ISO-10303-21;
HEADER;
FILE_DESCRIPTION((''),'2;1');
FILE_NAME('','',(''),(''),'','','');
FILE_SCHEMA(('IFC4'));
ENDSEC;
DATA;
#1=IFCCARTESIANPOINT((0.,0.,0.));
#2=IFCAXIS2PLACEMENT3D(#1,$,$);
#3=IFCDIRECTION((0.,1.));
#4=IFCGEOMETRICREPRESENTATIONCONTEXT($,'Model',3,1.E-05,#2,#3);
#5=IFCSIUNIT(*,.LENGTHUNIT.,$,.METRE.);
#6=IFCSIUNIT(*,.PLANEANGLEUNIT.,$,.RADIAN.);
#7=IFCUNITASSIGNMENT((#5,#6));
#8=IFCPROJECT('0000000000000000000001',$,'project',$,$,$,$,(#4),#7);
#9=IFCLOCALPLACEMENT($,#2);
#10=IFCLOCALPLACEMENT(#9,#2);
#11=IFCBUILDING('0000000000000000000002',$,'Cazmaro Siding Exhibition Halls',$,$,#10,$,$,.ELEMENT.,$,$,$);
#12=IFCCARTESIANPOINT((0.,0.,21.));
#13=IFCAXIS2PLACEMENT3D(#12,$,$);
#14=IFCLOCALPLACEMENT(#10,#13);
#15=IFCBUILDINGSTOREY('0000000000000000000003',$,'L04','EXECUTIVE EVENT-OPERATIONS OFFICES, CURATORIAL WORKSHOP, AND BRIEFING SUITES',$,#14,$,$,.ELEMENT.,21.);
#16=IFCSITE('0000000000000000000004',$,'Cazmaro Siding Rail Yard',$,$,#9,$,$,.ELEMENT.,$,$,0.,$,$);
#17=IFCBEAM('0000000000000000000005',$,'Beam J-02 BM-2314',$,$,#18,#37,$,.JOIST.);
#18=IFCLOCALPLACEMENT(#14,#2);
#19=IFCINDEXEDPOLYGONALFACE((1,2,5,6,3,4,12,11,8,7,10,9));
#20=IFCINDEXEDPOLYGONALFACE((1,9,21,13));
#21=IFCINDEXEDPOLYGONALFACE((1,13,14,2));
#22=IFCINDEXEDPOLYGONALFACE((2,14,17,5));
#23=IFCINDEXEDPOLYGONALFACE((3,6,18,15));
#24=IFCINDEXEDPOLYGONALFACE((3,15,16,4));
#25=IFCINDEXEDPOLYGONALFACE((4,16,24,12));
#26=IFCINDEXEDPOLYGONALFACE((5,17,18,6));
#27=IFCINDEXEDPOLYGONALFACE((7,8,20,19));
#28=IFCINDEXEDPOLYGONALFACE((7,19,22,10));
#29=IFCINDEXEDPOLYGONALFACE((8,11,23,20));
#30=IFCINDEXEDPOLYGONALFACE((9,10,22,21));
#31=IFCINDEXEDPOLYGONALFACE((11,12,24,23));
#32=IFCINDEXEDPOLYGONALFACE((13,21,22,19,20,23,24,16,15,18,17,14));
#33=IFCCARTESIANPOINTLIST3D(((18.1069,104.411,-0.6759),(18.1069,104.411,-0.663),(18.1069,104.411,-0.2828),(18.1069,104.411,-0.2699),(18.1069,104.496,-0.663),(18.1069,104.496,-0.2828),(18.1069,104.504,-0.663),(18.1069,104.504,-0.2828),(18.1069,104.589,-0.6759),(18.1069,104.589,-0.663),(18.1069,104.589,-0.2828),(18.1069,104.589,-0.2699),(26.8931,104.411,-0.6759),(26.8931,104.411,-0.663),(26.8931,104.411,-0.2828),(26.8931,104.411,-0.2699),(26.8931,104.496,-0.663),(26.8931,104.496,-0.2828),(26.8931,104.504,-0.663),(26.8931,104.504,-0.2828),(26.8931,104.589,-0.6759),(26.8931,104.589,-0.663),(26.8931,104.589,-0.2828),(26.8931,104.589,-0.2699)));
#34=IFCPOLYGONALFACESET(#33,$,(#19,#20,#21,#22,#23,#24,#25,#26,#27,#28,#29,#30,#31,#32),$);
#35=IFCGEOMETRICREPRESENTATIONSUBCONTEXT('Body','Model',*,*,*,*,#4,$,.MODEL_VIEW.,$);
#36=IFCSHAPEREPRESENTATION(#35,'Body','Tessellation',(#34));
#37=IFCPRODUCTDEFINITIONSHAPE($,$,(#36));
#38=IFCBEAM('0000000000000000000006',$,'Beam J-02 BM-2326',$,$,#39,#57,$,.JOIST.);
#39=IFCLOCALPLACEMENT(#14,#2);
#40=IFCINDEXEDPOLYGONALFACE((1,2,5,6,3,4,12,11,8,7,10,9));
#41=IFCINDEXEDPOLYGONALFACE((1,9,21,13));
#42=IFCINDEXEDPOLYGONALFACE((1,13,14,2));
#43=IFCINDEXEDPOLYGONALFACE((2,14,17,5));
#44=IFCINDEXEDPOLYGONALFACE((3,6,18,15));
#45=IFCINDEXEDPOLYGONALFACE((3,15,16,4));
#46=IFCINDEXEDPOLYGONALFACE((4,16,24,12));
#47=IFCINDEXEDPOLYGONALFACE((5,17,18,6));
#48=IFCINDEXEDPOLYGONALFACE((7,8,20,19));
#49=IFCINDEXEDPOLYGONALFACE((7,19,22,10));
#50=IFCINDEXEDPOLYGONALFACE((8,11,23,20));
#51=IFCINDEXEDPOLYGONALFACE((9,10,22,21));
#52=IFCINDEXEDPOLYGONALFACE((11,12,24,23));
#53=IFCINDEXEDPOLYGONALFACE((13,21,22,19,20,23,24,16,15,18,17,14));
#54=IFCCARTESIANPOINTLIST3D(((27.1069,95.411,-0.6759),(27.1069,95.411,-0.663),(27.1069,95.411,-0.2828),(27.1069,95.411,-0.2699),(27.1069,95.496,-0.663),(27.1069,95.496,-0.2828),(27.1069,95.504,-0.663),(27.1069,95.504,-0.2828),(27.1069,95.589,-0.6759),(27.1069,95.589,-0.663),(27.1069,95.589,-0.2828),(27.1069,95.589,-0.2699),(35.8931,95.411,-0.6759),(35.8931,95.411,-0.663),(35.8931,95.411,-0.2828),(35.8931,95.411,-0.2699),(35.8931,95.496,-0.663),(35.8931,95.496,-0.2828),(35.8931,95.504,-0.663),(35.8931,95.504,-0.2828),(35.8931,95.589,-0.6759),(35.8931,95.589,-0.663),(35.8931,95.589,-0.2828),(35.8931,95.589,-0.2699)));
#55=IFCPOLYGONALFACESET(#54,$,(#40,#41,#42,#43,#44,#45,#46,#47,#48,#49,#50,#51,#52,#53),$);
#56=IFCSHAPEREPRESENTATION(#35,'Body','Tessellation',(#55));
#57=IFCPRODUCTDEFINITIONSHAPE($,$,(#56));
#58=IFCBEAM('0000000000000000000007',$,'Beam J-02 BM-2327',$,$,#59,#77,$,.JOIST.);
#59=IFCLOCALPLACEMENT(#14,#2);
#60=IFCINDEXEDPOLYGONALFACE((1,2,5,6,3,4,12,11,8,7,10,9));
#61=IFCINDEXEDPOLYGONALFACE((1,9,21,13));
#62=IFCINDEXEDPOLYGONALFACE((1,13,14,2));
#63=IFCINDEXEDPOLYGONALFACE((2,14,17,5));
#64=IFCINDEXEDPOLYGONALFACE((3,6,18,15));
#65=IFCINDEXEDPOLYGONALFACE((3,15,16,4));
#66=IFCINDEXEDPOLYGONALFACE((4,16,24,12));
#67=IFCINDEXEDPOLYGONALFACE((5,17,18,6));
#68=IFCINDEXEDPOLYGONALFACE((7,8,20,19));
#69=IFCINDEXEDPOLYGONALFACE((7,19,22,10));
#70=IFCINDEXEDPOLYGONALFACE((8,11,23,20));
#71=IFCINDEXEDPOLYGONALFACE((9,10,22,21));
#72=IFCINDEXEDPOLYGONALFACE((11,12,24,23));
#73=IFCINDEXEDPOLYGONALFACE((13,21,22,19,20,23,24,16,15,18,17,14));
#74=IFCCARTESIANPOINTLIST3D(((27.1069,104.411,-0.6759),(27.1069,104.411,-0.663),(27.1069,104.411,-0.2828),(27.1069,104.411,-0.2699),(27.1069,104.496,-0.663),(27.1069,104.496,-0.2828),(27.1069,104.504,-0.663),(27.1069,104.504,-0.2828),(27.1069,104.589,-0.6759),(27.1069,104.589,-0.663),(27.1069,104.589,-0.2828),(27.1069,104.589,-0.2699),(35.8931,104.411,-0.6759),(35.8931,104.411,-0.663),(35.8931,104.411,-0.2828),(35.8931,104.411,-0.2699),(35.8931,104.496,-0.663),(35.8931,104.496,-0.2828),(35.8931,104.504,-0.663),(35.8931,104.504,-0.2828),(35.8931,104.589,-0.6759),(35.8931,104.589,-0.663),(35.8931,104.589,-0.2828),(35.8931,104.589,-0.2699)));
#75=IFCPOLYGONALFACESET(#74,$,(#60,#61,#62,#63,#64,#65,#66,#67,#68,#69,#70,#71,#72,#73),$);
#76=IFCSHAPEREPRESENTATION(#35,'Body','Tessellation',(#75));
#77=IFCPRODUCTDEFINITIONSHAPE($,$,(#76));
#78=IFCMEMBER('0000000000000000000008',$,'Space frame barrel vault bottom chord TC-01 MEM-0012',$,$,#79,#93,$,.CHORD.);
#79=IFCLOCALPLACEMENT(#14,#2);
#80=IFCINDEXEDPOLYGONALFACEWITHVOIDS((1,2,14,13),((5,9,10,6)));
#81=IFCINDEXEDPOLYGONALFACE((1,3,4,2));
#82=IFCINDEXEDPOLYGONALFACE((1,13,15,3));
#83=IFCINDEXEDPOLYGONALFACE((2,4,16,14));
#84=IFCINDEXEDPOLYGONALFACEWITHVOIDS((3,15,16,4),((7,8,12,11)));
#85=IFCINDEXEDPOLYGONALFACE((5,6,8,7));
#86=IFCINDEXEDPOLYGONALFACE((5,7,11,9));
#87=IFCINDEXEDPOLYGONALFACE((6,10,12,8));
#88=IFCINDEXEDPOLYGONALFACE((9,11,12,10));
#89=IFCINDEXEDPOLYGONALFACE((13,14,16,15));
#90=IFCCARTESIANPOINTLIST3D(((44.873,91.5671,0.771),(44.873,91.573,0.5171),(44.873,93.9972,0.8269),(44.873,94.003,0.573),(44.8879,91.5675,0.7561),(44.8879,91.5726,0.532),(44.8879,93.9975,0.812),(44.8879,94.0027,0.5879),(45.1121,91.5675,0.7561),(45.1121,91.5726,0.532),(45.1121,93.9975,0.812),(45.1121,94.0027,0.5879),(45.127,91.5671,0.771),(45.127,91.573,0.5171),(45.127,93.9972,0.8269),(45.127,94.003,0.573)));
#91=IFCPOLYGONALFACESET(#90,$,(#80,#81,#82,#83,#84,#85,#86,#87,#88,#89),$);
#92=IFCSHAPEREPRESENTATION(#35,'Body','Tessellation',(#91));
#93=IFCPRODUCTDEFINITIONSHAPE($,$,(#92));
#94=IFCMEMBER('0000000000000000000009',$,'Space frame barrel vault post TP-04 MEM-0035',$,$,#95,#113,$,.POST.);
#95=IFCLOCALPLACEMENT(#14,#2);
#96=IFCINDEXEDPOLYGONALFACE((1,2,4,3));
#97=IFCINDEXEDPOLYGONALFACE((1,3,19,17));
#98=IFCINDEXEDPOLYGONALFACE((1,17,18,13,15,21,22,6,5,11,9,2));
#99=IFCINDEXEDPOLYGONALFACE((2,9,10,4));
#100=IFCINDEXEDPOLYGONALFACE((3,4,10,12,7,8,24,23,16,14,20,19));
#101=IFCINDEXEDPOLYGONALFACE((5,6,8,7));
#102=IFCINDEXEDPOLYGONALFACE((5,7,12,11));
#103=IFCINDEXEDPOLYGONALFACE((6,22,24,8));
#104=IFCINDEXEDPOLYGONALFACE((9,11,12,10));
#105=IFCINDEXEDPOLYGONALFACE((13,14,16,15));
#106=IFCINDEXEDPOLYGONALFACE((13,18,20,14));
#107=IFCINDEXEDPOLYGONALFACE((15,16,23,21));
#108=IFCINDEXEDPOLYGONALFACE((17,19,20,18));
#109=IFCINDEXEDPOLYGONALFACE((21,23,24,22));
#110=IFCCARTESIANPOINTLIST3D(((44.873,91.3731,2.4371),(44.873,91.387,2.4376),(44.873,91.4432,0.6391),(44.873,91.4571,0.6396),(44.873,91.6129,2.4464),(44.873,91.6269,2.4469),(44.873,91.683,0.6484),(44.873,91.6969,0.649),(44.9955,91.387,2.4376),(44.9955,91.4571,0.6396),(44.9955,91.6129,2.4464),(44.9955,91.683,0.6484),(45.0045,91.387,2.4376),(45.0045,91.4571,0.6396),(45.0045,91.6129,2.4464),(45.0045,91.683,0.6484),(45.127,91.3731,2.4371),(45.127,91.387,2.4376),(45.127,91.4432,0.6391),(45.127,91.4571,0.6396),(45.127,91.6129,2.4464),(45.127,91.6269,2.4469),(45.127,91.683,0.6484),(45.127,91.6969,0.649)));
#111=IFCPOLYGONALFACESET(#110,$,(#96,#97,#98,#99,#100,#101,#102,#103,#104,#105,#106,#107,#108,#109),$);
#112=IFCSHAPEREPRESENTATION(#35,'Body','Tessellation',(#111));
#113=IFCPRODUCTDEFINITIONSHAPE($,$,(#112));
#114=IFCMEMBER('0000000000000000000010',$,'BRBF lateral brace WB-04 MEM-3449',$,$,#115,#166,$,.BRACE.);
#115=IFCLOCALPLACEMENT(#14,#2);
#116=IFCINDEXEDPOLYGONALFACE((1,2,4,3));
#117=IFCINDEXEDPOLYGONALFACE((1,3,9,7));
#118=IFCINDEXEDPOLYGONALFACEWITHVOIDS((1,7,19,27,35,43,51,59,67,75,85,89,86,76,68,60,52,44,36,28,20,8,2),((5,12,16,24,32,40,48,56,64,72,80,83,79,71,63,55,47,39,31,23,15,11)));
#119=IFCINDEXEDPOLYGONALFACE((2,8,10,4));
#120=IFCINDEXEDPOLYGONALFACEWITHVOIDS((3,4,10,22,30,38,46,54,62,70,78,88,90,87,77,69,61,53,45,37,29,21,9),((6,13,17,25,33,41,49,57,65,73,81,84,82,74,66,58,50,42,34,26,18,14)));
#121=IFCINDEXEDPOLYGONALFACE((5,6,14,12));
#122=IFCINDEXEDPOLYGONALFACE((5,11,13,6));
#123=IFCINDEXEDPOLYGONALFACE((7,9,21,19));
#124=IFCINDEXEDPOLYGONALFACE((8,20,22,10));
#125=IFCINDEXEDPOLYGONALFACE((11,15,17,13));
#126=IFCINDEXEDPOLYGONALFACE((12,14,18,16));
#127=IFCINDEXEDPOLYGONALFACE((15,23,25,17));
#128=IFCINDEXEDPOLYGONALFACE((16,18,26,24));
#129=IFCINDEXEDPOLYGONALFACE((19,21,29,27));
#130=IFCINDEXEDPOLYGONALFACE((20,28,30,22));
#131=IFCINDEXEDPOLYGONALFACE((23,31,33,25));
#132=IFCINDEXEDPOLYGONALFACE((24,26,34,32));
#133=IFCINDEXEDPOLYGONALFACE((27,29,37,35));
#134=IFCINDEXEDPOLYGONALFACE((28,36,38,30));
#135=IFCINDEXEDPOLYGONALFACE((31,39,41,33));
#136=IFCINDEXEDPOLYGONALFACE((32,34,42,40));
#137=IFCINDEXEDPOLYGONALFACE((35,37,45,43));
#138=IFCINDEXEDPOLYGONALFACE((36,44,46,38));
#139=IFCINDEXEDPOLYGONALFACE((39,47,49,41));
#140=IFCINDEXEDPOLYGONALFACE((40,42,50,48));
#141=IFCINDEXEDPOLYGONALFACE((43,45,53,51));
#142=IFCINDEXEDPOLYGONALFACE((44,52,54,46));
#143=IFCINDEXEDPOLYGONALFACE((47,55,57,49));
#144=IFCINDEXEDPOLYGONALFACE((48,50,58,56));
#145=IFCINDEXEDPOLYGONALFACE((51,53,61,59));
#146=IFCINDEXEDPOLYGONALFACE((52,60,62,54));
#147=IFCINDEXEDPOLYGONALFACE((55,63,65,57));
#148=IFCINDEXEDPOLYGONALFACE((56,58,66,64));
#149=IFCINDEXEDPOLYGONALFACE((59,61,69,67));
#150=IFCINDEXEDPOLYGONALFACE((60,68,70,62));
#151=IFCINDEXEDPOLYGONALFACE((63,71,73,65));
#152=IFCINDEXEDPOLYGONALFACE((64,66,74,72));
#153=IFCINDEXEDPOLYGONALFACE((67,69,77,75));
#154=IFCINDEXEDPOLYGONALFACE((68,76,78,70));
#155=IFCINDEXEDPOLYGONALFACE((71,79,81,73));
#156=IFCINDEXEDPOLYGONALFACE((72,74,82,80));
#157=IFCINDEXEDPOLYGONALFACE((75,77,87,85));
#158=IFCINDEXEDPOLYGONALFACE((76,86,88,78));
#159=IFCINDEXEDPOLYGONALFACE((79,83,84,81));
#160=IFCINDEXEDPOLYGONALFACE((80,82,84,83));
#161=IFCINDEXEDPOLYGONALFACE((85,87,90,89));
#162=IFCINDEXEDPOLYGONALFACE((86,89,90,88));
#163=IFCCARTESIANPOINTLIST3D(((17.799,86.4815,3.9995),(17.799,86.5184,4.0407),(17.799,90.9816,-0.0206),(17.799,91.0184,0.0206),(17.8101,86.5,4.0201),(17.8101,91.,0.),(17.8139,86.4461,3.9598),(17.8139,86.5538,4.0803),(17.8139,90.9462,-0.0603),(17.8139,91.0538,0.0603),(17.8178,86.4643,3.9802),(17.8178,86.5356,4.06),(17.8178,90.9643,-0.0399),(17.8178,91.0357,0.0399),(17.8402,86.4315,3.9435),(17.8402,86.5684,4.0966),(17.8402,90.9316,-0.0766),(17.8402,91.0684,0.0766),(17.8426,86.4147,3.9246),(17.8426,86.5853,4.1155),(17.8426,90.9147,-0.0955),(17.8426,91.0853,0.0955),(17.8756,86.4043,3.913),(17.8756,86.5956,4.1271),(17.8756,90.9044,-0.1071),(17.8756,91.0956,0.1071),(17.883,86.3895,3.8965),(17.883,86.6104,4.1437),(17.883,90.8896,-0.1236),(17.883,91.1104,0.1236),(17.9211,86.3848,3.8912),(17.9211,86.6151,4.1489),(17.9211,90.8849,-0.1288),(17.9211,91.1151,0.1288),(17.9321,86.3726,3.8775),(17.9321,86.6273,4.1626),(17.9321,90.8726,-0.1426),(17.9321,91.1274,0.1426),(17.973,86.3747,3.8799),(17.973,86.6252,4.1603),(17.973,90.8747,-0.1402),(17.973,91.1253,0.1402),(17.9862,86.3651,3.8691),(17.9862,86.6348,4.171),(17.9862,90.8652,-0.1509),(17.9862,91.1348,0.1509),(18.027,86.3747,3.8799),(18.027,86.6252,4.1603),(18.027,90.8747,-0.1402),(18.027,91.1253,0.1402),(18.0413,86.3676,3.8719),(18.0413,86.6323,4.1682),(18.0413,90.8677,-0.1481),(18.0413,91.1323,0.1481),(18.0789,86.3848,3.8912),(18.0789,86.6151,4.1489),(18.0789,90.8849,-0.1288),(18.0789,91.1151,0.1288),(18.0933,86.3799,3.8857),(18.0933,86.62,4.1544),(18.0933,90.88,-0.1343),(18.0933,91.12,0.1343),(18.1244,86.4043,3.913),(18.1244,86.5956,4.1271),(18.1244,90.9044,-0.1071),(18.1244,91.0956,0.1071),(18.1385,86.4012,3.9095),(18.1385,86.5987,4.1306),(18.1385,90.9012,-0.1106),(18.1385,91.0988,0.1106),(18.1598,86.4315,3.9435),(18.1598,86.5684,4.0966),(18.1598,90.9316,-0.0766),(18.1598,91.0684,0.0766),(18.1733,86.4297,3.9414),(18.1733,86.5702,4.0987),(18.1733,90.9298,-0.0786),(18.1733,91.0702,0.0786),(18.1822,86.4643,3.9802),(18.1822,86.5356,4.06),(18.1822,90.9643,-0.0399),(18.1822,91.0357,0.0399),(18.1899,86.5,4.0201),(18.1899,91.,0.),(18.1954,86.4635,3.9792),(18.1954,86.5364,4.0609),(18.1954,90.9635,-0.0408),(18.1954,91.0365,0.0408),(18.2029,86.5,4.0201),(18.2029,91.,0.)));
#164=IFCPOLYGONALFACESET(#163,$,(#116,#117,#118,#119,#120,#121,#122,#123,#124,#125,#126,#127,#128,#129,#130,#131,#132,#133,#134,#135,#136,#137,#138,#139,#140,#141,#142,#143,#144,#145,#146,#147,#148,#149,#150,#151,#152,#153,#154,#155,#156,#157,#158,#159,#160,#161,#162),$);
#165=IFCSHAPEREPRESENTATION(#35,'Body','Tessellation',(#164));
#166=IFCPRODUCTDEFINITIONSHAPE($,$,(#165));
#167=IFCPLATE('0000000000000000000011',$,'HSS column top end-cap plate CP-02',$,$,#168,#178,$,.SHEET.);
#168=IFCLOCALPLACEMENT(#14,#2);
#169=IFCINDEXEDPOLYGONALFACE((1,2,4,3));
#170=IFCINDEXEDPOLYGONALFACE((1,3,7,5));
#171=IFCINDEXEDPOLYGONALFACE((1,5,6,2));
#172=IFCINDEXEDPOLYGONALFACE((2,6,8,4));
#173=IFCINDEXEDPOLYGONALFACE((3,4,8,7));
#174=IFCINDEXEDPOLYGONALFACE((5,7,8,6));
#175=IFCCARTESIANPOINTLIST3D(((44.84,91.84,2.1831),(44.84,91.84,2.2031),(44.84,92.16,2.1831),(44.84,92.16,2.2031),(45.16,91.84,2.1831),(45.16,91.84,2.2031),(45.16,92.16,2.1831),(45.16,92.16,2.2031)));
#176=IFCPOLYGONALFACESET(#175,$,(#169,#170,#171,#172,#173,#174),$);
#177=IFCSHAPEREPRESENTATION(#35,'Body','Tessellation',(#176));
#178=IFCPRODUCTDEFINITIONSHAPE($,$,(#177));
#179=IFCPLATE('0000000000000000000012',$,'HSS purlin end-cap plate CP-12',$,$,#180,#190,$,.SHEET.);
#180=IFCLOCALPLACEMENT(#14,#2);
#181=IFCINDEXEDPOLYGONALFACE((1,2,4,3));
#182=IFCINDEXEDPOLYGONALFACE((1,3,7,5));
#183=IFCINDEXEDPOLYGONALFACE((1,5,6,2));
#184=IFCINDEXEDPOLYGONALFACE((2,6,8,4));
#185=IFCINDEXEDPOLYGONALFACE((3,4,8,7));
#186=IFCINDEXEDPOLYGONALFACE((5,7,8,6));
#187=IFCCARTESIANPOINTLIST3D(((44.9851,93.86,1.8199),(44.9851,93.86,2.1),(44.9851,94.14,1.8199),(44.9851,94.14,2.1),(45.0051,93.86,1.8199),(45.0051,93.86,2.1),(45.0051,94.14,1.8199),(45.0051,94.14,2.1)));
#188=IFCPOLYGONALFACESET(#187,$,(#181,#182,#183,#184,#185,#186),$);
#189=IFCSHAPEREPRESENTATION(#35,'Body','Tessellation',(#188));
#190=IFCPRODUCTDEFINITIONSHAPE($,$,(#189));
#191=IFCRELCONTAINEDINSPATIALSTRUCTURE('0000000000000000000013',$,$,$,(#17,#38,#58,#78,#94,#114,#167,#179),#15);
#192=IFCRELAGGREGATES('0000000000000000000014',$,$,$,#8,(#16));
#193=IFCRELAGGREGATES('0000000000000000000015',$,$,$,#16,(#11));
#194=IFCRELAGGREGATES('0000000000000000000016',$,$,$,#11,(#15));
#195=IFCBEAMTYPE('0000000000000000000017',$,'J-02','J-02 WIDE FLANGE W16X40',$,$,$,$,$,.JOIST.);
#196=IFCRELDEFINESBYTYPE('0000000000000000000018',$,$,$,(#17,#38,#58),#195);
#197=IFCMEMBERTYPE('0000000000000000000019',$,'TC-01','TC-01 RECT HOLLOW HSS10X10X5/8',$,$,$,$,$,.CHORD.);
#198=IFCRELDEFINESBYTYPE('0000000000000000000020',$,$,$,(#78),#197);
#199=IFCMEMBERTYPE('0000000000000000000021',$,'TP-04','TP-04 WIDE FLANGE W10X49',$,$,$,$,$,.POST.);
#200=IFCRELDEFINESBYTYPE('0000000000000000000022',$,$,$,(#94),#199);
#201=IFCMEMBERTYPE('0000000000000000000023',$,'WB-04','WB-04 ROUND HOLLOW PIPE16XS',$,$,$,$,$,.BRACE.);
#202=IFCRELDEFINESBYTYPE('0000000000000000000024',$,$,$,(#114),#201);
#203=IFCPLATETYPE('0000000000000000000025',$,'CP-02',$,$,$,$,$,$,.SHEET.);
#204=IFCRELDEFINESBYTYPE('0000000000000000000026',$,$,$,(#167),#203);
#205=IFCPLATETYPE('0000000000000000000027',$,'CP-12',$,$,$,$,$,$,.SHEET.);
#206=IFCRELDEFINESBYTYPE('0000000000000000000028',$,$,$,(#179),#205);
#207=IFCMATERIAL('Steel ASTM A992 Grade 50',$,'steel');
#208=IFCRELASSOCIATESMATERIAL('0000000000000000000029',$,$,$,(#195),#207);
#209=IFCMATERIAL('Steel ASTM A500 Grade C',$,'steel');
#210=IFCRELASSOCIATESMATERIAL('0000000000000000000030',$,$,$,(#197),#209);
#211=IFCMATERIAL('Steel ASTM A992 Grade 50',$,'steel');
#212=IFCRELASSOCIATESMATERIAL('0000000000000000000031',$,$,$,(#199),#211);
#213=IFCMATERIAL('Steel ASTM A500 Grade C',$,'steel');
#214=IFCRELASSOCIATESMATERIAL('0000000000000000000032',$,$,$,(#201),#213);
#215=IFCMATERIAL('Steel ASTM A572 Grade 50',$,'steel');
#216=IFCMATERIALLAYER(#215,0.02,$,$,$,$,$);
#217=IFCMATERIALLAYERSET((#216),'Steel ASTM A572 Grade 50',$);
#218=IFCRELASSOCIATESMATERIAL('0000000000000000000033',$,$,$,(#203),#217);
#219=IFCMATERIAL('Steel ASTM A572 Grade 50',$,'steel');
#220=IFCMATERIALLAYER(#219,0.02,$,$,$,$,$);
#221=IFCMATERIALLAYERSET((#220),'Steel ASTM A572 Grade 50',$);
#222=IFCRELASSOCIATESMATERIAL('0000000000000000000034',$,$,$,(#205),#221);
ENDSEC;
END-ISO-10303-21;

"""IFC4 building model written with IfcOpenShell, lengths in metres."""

from ifc_helpers import new_model, si_unit, direction, frame, origin, origin_2d, place, context, subcontext, project, spatial, rectangle, hollow_rectangle, hollow_circle, i_section, extrude, material, layer, layer_set, material_profile, profile_set, type_object, element, save


model = new_model("IFC4")

# Units and contexts
model_context = context("Model", 3, precision=1e-05, world=origin(), true_north=direction((0.0, 1.0)))
body_context = subcontext(model_context, "Body", "Model", "MODEL_VIEW")
ifc_project = project(units=[si_unit("LENGTHUNIT", "METRE"), si_unit("PLANEANGLEUNIT", "RADIAN")], contexts=[model_context])

# Site, building, storey
site_placement = place(None, origin())
site = spatial("IfcSite", under=ifc_project, at=site_placement, Name="Cazmaro Siding Rail Yard", CompositionType="ELEMENT", RefElevation=0.0)
building_placement = place(site_placement, origin())
building = spatial("IfcBuilding", under=site, at=building_placement, Name="Cazmaro Siding Exhibition Halls", CompositionType="ELEMENT")
storey_placement = place(building_placement, frame((0.0, 0.0, 21.0)))
storey = spatial("IfcBuildingStorey", under=building, at=storey_placement, Name="L04", Description="EXECUTIVE EVENT-OPERATIONS OFFICES, CURATORIAL WORKSHOP, AND BRIEFING SUITES", CompositionType="ELEMENT", Elevation=21.0)

# Beams
ifc_material_1 = material(Name="Steel ASTM A992 Grade 50", Category="steel")
ifc_material_profile_1 = material_profile(ifc_material_1, i_section(OverallWidth=0.178, OverallDepth=0.406, WebThickness=0.0081, FlangeThickness=0.0129, at=origin_2d()), Name="W16X40")
ifc_profile_set_1 = profile_set([ifc_material_profile_1], Name="Steel ASTM A992 Grade 50")
beam_type_1 = type_object("IfcBeamType", Name="J-02", Description="J-02 WIDE FLANGE W16X40", PredefinedType="JOIST", material=ifc_profile_set_1)
for number, where, z_axis, x_axis, name in (
    (1, (18.1069, 104.5, -0.4729), (1.0, 0.0, 0.0), (0.0, 1.0, 0.0), "Beam J-02 BM-2314"),
    (2, (27.1069, 95.5, -0.4729), (1.0, 0.0, 0.0), (0.0, 1.0, 0.0), "Beam J-02 BM-2326"),
    (3, (27.1069, 104.5, -0.4729), (1.0, 0.0, 0.0), (0.0, 1.0, 0.0), "Beam J-02 BM-2327"),
):
    element("IfcBeam", number, at=place(storey_placement, frame(where, z_axis=z_axis, x_axis=x_axis)), inside=storey, type_object=beam_type_1, Name=name, PredefinedType="JOIST", context=body_context, shape_type="SweptSolid", body=[
        extrude(i_section(OverallWidth=0.178, OverallDepth=0.406, WebThickness=0.0081, FlangeThickness=0.0129, at=origin_2d()), origin(), (0.0, 0.0, 1.0), 8.7861),
    ])

# Members
ifc_material_2 = material(Name="Steel ASTM A500 Grade C", Category="steel")
ifc_material_profile_2 = material_profile(ifc_material_2, hollow_rectangle(XDim=0.2539, YDim=0.2539, WallThickness=0.0149, at=origin_2d()), Name="HSS10X10X5/8")
ifc_profile_set_2 = profile_set([ifc_material_profile_2], Name="Steel ASTM A500 Grade C")
member_type_1 = type_object("IfcMemberType", Name="TC-01", Description="TC-01 RECT HOLLOW HSS10X10X5/8", PredefinedType="CHORD", material=ifc_profile_set_2)
member_1_placement = place(storey_placement, frame((45.0, 91.5701, 0.644), z_axis=(0.0, 0.999735, 0.023002), x_axis=(-1.0, 0.0, 0.0)))
element("IfcMember", 4, at=member_1_placement, inside=storey, type_object=member_type_1, Name="Space frame barrel vault bottom chord TC-01 MEM-0012", PredefinedType="CHORD", context=body_context, shape_type="SweptSolid", body=[
    extrude(hollow_rectangle(XDim=0.2539, YDim=0.2539, WallThickness=0.0149, at=origin_2d()), origin(), (0.0, 0.0, 1.0), 2.4307),
])
ifc_material_3 = material(Name="Steel ASTM A992 Grade 50", Category="steel")
ifc_material_profile_3 = material_profile(ifc_material_3, i_section(OverallWidth=0.2539, OverallDepth=0.2539, WebThickness=0.009, FlangeThickness=0.0139, at=origin_2d()), Name="W10X49")
ifc_profile_set_3 = profile_set([ifc_material_profile_3], Name="Steel ASTM A992 Grade 50")
member_type_2 = type_object("IfcMemberType", Name="TP-04", Description="TP-04 WIDE FLANGE W10X49", PredefinedType="POST", material=ifc_profile_set_3)
member_2_placement = place(storey_placement, frame((45.0, 91.5701, 0.644), z_axis=(0.0, -0.038944, 0.999241), x_axis=(1.0, 0.0, 0.0)))
element("IfcMember", 5, at=member_2_placement, inside=storey, type_object=member_type_2, Name="Space frame barrel vault post TP-04 MEM-0035", PredefinedType="POST", context=body_context, shape_type="SweptSolid", body=[
    extrude(i_section(OverallWidth=0.2539, OverallDepth=0.2539, WebThickness=0.009, FlangeThickness=0.0139, at=origin_2d()), origin(), (0.0, 0.0, 1.0), 1.7993),
])
ifc_material_4 = material(Name="Steel ASTM A500 Grade C", Category="steel")
ifc_material_profile_4 = material_profile(ifc_material_4, hollow_circle(Radius=0.2029, WallThickness=0.0129, at=origin_2d()), Name="PIPE16XS")
ifc_profile_set_4 = profile_set([ifc_material_profile_4], Name="Steel ASTM A500 Grade C")
member_type_3 = type_object("IfcMemberType", Name="WB-04", Description="WB-04 ROUND HOLLOW PIPE16XS", PredefinedType="BRACE", material=ifc_profile_set_4)
member_3_placement = place(storey_placement, frame((18.0, 91.0, 0.0), z_axis=(0.0, -0.74576, 0.666215), x_axis=(1.0, 0.0, 0.0)))
element("IfcMember", 6, at=member_3_placement, inside=storey, type_object=member_type_3, Name="BRBF lateral brace WB-04 MEM-3449", PredefinedType="BRACE", context=body_context, shape_type="SweptSolid", body=[
    extrude(hollow_circle(Radius=0.2029, WallThickness=0.0129, at=origin_2d()), origin(), (0.0, 0.0, 1.0), 6.0342),
])

# Plates
ifc_material_5 = material(Name="Steel ASTM A572 Grade 50", Category="steel")
ifc_layer_1 = layer(ifc_material_5, 0.02)
ifc_layer_set_1 = layer_set([ifc_layer_1], Name="Steel ASTM A572 Grade 50")
plate_type_1 = type_object("IfcPlateType", Name="CP-02", PredefinedType="SHEET", material=ifc_layer_set_1)
plate_placement = place(storey_placement, frame((45.0, 92.0, 2.1831), z_axis=(0.0, 0.0, 1.0), x_axis=(1.0, 0.0, 0.0)))
element("IfcPlate", 7, at=plate_placement, inside=storey, type_object=plate_type_1, Name="HSS column top end-cap plate CP-02", PredefinedType="SHEET", context=body_context, shape_type="SweptSolid", body=[
    extrude(rectangle(XDim=0.3201, YDim=0.3201, at=origin_2d()), origin(), (0.0, 0.0, 1.0), 0.02),
])
ifc_material_6 = material(Name="Steel ASTM A572 Grade 50", Category="steel")
ifc_layer_2 = layer(ifc_material_6, 0.02)
ifc_layer_set_2 = layer_set([ifc_layer_2], Name="Steel ASTM A572 Grade 50")
plate_type_2 = type_object("IfcPlateType", Name="CP-12", PredefinedType="SHEET", material=ifc_layer_set_2)
for number, where, z_axis, x_axis, name in (
    (8, (44.9851, 94.0, 1.96), (1.0, 0.0, 0.0), (0.0, 1.0, 0.0), "HSS purlin end-cap plate CP-12"),
):
    element("IfcPlate", number, at=place(storey_placement, frame(where, z_axis=z_axis, x_axis=x_axis)), inside=storey, type_object=plate_type_2, Name=name, PredefinedType="SHEET", context=body_context, shape_type="SweptSolid", body=[
        extrude(rectangle(XDim=0.28, YDim=0.28, at=origin_2d()), origin(), (0.0, 0.0, 1.0), 0.02),
    ])

save(model, "model.ifc")
